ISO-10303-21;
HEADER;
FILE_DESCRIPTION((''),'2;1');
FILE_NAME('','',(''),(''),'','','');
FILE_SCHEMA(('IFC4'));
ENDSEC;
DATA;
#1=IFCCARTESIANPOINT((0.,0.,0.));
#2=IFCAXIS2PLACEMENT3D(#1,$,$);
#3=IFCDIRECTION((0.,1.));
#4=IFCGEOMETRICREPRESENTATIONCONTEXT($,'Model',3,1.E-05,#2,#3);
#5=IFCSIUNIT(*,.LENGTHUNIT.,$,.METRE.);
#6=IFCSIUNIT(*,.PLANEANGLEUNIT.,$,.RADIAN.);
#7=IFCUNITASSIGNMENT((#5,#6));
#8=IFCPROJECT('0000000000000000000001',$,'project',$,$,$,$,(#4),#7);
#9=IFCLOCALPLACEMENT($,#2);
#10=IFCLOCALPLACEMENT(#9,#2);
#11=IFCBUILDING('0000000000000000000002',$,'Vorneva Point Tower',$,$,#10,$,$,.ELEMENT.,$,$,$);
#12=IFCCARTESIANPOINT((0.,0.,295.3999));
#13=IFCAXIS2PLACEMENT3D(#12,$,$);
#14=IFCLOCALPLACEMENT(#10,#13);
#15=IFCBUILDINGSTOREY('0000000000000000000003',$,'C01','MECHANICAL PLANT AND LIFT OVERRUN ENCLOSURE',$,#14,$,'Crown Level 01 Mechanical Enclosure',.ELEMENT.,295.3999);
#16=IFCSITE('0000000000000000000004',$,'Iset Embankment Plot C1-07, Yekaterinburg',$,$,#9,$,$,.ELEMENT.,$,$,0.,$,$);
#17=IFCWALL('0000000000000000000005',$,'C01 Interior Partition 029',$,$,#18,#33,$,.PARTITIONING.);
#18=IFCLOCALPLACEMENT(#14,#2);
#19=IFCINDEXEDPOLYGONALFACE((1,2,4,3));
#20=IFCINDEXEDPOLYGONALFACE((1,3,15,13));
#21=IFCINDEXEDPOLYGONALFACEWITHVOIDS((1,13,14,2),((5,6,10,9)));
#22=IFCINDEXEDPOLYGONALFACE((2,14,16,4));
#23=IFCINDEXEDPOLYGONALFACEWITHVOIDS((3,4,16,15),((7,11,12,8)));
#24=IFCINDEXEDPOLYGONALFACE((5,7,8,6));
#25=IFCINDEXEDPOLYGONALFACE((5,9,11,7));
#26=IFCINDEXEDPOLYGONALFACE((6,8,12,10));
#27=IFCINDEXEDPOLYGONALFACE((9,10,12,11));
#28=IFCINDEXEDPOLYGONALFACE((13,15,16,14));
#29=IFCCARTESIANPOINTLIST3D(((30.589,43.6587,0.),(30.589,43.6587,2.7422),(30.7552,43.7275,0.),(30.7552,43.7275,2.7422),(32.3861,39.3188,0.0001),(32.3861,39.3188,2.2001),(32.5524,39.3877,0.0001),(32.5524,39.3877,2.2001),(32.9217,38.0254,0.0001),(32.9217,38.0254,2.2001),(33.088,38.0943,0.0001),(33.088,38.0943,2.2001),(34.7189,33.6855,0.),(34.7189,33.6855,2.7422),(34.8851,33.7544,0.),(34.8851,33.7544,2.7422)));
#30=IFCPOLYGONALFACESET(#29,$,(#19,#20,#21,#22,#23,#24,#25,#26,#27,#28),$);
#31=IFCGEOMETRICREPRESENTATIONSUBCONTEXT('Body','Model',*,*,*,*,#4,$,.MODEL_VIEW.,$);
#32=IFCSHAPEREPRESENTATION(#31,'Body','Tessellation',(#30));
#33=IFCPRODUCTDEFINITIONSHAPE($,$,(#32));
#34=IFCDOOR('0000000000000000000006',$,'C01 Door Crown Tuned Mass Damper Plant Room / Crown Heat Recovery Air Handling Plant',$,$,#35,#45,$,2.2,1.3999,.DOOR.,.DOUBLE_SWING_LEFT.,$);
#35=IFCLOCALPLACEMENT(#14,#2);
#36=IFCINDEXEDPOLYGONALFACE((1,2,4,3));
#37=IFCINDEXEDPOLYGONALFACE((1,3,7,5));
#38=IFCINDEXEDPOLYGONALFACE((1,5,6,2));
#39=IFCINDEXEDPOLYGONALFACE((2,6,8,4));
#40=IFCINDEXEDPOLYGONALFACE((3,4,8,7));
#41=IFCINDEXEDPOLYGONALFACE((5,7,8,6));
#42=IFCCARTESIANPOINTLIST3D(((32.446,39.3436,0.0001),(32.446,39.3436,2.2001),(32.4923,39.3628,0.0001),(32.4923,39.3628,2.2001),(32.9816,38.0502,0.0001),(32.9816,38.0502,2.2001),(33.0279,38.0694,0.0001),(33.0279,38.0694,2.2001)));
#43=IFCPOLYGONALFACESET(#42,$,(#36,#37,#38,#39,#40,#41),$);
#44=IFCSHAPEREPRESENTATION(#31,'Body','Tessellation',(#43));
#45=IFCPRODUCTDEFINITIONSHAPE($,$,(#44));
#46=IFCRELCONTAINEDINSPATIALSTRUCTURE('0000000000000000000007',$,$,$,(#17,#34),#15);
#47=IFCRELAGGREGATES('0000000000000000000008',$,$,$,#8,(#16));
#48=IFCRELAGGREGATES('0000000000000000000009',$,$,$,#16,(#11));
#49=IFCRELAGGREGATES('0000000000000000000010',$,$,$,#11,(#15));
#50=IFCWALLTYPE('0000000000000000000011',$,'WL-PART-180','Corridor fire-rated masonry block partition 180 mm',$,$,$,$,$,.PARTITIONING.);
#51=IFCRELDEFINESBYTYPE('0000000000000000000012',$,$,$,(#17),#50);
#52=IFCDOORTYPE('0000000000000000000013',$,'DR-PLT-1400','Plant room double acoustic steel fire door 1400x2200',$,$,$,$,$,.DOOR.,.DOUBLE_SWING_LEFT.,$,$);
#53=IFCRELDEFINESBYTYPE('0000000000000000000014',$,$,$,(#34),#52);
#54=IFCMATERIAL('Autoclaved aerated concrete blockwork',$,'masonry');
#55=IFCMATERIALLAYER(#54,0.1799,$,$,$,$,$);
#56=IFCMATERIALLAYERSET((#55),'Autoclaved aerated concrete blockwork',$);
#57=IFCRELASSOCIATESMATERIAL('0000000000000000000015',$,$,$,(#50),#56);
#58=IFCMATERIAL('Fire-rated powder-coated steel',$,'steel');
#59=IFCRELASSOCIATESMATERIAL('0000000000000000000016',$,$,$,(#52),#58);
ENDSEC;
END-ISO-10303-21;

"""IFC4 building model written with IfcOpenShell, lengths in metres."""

from ifc_helpers import new_model, si_unit, direction, frame, frame_2d, origin, place, context, subcontext, project, spatial, rectangle, extrude, material, layer, layer_set, type_object, element, fill, save


model = new_model("IFC4")

# Units and contexts
model_context = context("Model", 3, precision=1e-05, world=origin(), true_north=direction((0.0, 1.0)))
body_context = subcontext(model_context, "Body", "Model", "MODEL_VIEW")
ifc_project = project(units=[si_unit("LENGTHUNIT", "METRE"), si_unit("PLANEANGLEUNIT", "RADIAN")], contexts=[model_context])

# Site, building, storey
site_placement = place(None, origin())
site = spatial("IfcSite", under=ifc_project, at=site_placement, Name="Iset Embankment Plot C1-07, Yekaterinburg", CompositionType="ELEMENT", RefElevation=0.0)
building_placement = place(site_placement, origin())
building = spatial("IfcBuilding", under=site, at=building_placement, Name="Vorneva Point Tower", CompositionType="ELEMENT")
storey_placement = place(building_placement, frame((0.0, 0.0, 295.3999)))
storey = spatial("IfcBuildingStorey", under=building, at=storey_placement, Name="C01", Description="MECHANICAL PLANT AND LIFT OVERRUN ENCLOSURE", LongName="Crown Level 01 Mechanical Enclosure", CompositionType="ELEMENT", Elevation=295.3999)

# Wall, opening, door
ifc_material_1 = material(Name="Autoclaved aerated concrete blockwork", Category="masonry")
ifc_layer_1 = layer(ifc_material_1, 0.1799)
ifc_layer_set_1 = layer_set([ifc_layer_1], Name="Autoclaved aerated concrete blockwork")
wall_type = type_object("IfcWallType", Name="WL-PART-180", Description="Corridor fire-rated masonry block partition 180 mm", PredefinedType="PARTITIONING", material=ifc_layer_set_1)
wall_placement = place(storey_placement, frame((30.6721, 43.6931, 0.0), z_axis=(0.0, 0.0, 1.0), x_axis=(0.382594, -0.923917, 0.0)))
wall = element("IfcWall", 1, at=wall_placement, inside=storey, type_object=wall_type, Name="C01 Interior Partition 029", PredefinedType="PARTITIONING", context=body_context, shape_type="SweptSolid", body=[
    extrude(rectangle(XDim=10.7944, YDim=0.1799, at=frame_2d((5.3972, 0.0))), origin(), (0.0, 0.0, 1.0), 2.7422),
])
opening_placement = place(wall_placement, frame((4.6973, 0.0, 0.0)))
opening = element("IfcOpeningElement", 2, at=opening_placement, cuts=wall, PredefinedType="OPENING", context=body_context, shape_type="SweptSolid", body=[
    extrude(rectangle(XDim=1.3999, YDim=2.2, at=frame_2d((0.7, 1.1001))), frame((0.0, 0.105, 0.0), z_axis=(0.0, -1.0, 0.0), x_axis=(1.0, 0.0, 0.0)), (0.0, 0.0, 1.0), 0.2097),
])
ifc_material_2 = material(Name="Fire-rated powder-coated steel", Category="steel")
door_type = type_object("IfcDoorType", Name="DR-PLT-1400", Description="Plant room double acoustic steel fire door 1400x2200", OperationType="DOUBLE_SWING_LEFT", PredefinedType="DOOR", material=ifc_material_2)
door_placement = place(opening_placement, origin())
door = element("IfcDoor", 3, at=door_placement, inside=storey, type_object=door_type, Name="C01 Door Crown Tuned Mass Damper Plant Room / Crown Heat Recovery Air Handling Plant", OperationType="DOUBLE_SWING_LEFT", OverallHeight=2.2, OverallWidth=1.3999, PredefinedType="DOOR", context=body_context, shape_type="SweptSolid", body=[
    extrude(rectangle(XDim=1.3999, YDim=2.2, at=frame_2d((0.7, 1.1001))), frame((0.0, 0.0249, 0.0), z_axis=(0.0, -1.0, 0.0), x_axis=(1.0, 0.0, 0.0)), (0.0, 0.0, 1.0), 0.05),
])
fill(opening, door)

save(model, "model.ifc")
